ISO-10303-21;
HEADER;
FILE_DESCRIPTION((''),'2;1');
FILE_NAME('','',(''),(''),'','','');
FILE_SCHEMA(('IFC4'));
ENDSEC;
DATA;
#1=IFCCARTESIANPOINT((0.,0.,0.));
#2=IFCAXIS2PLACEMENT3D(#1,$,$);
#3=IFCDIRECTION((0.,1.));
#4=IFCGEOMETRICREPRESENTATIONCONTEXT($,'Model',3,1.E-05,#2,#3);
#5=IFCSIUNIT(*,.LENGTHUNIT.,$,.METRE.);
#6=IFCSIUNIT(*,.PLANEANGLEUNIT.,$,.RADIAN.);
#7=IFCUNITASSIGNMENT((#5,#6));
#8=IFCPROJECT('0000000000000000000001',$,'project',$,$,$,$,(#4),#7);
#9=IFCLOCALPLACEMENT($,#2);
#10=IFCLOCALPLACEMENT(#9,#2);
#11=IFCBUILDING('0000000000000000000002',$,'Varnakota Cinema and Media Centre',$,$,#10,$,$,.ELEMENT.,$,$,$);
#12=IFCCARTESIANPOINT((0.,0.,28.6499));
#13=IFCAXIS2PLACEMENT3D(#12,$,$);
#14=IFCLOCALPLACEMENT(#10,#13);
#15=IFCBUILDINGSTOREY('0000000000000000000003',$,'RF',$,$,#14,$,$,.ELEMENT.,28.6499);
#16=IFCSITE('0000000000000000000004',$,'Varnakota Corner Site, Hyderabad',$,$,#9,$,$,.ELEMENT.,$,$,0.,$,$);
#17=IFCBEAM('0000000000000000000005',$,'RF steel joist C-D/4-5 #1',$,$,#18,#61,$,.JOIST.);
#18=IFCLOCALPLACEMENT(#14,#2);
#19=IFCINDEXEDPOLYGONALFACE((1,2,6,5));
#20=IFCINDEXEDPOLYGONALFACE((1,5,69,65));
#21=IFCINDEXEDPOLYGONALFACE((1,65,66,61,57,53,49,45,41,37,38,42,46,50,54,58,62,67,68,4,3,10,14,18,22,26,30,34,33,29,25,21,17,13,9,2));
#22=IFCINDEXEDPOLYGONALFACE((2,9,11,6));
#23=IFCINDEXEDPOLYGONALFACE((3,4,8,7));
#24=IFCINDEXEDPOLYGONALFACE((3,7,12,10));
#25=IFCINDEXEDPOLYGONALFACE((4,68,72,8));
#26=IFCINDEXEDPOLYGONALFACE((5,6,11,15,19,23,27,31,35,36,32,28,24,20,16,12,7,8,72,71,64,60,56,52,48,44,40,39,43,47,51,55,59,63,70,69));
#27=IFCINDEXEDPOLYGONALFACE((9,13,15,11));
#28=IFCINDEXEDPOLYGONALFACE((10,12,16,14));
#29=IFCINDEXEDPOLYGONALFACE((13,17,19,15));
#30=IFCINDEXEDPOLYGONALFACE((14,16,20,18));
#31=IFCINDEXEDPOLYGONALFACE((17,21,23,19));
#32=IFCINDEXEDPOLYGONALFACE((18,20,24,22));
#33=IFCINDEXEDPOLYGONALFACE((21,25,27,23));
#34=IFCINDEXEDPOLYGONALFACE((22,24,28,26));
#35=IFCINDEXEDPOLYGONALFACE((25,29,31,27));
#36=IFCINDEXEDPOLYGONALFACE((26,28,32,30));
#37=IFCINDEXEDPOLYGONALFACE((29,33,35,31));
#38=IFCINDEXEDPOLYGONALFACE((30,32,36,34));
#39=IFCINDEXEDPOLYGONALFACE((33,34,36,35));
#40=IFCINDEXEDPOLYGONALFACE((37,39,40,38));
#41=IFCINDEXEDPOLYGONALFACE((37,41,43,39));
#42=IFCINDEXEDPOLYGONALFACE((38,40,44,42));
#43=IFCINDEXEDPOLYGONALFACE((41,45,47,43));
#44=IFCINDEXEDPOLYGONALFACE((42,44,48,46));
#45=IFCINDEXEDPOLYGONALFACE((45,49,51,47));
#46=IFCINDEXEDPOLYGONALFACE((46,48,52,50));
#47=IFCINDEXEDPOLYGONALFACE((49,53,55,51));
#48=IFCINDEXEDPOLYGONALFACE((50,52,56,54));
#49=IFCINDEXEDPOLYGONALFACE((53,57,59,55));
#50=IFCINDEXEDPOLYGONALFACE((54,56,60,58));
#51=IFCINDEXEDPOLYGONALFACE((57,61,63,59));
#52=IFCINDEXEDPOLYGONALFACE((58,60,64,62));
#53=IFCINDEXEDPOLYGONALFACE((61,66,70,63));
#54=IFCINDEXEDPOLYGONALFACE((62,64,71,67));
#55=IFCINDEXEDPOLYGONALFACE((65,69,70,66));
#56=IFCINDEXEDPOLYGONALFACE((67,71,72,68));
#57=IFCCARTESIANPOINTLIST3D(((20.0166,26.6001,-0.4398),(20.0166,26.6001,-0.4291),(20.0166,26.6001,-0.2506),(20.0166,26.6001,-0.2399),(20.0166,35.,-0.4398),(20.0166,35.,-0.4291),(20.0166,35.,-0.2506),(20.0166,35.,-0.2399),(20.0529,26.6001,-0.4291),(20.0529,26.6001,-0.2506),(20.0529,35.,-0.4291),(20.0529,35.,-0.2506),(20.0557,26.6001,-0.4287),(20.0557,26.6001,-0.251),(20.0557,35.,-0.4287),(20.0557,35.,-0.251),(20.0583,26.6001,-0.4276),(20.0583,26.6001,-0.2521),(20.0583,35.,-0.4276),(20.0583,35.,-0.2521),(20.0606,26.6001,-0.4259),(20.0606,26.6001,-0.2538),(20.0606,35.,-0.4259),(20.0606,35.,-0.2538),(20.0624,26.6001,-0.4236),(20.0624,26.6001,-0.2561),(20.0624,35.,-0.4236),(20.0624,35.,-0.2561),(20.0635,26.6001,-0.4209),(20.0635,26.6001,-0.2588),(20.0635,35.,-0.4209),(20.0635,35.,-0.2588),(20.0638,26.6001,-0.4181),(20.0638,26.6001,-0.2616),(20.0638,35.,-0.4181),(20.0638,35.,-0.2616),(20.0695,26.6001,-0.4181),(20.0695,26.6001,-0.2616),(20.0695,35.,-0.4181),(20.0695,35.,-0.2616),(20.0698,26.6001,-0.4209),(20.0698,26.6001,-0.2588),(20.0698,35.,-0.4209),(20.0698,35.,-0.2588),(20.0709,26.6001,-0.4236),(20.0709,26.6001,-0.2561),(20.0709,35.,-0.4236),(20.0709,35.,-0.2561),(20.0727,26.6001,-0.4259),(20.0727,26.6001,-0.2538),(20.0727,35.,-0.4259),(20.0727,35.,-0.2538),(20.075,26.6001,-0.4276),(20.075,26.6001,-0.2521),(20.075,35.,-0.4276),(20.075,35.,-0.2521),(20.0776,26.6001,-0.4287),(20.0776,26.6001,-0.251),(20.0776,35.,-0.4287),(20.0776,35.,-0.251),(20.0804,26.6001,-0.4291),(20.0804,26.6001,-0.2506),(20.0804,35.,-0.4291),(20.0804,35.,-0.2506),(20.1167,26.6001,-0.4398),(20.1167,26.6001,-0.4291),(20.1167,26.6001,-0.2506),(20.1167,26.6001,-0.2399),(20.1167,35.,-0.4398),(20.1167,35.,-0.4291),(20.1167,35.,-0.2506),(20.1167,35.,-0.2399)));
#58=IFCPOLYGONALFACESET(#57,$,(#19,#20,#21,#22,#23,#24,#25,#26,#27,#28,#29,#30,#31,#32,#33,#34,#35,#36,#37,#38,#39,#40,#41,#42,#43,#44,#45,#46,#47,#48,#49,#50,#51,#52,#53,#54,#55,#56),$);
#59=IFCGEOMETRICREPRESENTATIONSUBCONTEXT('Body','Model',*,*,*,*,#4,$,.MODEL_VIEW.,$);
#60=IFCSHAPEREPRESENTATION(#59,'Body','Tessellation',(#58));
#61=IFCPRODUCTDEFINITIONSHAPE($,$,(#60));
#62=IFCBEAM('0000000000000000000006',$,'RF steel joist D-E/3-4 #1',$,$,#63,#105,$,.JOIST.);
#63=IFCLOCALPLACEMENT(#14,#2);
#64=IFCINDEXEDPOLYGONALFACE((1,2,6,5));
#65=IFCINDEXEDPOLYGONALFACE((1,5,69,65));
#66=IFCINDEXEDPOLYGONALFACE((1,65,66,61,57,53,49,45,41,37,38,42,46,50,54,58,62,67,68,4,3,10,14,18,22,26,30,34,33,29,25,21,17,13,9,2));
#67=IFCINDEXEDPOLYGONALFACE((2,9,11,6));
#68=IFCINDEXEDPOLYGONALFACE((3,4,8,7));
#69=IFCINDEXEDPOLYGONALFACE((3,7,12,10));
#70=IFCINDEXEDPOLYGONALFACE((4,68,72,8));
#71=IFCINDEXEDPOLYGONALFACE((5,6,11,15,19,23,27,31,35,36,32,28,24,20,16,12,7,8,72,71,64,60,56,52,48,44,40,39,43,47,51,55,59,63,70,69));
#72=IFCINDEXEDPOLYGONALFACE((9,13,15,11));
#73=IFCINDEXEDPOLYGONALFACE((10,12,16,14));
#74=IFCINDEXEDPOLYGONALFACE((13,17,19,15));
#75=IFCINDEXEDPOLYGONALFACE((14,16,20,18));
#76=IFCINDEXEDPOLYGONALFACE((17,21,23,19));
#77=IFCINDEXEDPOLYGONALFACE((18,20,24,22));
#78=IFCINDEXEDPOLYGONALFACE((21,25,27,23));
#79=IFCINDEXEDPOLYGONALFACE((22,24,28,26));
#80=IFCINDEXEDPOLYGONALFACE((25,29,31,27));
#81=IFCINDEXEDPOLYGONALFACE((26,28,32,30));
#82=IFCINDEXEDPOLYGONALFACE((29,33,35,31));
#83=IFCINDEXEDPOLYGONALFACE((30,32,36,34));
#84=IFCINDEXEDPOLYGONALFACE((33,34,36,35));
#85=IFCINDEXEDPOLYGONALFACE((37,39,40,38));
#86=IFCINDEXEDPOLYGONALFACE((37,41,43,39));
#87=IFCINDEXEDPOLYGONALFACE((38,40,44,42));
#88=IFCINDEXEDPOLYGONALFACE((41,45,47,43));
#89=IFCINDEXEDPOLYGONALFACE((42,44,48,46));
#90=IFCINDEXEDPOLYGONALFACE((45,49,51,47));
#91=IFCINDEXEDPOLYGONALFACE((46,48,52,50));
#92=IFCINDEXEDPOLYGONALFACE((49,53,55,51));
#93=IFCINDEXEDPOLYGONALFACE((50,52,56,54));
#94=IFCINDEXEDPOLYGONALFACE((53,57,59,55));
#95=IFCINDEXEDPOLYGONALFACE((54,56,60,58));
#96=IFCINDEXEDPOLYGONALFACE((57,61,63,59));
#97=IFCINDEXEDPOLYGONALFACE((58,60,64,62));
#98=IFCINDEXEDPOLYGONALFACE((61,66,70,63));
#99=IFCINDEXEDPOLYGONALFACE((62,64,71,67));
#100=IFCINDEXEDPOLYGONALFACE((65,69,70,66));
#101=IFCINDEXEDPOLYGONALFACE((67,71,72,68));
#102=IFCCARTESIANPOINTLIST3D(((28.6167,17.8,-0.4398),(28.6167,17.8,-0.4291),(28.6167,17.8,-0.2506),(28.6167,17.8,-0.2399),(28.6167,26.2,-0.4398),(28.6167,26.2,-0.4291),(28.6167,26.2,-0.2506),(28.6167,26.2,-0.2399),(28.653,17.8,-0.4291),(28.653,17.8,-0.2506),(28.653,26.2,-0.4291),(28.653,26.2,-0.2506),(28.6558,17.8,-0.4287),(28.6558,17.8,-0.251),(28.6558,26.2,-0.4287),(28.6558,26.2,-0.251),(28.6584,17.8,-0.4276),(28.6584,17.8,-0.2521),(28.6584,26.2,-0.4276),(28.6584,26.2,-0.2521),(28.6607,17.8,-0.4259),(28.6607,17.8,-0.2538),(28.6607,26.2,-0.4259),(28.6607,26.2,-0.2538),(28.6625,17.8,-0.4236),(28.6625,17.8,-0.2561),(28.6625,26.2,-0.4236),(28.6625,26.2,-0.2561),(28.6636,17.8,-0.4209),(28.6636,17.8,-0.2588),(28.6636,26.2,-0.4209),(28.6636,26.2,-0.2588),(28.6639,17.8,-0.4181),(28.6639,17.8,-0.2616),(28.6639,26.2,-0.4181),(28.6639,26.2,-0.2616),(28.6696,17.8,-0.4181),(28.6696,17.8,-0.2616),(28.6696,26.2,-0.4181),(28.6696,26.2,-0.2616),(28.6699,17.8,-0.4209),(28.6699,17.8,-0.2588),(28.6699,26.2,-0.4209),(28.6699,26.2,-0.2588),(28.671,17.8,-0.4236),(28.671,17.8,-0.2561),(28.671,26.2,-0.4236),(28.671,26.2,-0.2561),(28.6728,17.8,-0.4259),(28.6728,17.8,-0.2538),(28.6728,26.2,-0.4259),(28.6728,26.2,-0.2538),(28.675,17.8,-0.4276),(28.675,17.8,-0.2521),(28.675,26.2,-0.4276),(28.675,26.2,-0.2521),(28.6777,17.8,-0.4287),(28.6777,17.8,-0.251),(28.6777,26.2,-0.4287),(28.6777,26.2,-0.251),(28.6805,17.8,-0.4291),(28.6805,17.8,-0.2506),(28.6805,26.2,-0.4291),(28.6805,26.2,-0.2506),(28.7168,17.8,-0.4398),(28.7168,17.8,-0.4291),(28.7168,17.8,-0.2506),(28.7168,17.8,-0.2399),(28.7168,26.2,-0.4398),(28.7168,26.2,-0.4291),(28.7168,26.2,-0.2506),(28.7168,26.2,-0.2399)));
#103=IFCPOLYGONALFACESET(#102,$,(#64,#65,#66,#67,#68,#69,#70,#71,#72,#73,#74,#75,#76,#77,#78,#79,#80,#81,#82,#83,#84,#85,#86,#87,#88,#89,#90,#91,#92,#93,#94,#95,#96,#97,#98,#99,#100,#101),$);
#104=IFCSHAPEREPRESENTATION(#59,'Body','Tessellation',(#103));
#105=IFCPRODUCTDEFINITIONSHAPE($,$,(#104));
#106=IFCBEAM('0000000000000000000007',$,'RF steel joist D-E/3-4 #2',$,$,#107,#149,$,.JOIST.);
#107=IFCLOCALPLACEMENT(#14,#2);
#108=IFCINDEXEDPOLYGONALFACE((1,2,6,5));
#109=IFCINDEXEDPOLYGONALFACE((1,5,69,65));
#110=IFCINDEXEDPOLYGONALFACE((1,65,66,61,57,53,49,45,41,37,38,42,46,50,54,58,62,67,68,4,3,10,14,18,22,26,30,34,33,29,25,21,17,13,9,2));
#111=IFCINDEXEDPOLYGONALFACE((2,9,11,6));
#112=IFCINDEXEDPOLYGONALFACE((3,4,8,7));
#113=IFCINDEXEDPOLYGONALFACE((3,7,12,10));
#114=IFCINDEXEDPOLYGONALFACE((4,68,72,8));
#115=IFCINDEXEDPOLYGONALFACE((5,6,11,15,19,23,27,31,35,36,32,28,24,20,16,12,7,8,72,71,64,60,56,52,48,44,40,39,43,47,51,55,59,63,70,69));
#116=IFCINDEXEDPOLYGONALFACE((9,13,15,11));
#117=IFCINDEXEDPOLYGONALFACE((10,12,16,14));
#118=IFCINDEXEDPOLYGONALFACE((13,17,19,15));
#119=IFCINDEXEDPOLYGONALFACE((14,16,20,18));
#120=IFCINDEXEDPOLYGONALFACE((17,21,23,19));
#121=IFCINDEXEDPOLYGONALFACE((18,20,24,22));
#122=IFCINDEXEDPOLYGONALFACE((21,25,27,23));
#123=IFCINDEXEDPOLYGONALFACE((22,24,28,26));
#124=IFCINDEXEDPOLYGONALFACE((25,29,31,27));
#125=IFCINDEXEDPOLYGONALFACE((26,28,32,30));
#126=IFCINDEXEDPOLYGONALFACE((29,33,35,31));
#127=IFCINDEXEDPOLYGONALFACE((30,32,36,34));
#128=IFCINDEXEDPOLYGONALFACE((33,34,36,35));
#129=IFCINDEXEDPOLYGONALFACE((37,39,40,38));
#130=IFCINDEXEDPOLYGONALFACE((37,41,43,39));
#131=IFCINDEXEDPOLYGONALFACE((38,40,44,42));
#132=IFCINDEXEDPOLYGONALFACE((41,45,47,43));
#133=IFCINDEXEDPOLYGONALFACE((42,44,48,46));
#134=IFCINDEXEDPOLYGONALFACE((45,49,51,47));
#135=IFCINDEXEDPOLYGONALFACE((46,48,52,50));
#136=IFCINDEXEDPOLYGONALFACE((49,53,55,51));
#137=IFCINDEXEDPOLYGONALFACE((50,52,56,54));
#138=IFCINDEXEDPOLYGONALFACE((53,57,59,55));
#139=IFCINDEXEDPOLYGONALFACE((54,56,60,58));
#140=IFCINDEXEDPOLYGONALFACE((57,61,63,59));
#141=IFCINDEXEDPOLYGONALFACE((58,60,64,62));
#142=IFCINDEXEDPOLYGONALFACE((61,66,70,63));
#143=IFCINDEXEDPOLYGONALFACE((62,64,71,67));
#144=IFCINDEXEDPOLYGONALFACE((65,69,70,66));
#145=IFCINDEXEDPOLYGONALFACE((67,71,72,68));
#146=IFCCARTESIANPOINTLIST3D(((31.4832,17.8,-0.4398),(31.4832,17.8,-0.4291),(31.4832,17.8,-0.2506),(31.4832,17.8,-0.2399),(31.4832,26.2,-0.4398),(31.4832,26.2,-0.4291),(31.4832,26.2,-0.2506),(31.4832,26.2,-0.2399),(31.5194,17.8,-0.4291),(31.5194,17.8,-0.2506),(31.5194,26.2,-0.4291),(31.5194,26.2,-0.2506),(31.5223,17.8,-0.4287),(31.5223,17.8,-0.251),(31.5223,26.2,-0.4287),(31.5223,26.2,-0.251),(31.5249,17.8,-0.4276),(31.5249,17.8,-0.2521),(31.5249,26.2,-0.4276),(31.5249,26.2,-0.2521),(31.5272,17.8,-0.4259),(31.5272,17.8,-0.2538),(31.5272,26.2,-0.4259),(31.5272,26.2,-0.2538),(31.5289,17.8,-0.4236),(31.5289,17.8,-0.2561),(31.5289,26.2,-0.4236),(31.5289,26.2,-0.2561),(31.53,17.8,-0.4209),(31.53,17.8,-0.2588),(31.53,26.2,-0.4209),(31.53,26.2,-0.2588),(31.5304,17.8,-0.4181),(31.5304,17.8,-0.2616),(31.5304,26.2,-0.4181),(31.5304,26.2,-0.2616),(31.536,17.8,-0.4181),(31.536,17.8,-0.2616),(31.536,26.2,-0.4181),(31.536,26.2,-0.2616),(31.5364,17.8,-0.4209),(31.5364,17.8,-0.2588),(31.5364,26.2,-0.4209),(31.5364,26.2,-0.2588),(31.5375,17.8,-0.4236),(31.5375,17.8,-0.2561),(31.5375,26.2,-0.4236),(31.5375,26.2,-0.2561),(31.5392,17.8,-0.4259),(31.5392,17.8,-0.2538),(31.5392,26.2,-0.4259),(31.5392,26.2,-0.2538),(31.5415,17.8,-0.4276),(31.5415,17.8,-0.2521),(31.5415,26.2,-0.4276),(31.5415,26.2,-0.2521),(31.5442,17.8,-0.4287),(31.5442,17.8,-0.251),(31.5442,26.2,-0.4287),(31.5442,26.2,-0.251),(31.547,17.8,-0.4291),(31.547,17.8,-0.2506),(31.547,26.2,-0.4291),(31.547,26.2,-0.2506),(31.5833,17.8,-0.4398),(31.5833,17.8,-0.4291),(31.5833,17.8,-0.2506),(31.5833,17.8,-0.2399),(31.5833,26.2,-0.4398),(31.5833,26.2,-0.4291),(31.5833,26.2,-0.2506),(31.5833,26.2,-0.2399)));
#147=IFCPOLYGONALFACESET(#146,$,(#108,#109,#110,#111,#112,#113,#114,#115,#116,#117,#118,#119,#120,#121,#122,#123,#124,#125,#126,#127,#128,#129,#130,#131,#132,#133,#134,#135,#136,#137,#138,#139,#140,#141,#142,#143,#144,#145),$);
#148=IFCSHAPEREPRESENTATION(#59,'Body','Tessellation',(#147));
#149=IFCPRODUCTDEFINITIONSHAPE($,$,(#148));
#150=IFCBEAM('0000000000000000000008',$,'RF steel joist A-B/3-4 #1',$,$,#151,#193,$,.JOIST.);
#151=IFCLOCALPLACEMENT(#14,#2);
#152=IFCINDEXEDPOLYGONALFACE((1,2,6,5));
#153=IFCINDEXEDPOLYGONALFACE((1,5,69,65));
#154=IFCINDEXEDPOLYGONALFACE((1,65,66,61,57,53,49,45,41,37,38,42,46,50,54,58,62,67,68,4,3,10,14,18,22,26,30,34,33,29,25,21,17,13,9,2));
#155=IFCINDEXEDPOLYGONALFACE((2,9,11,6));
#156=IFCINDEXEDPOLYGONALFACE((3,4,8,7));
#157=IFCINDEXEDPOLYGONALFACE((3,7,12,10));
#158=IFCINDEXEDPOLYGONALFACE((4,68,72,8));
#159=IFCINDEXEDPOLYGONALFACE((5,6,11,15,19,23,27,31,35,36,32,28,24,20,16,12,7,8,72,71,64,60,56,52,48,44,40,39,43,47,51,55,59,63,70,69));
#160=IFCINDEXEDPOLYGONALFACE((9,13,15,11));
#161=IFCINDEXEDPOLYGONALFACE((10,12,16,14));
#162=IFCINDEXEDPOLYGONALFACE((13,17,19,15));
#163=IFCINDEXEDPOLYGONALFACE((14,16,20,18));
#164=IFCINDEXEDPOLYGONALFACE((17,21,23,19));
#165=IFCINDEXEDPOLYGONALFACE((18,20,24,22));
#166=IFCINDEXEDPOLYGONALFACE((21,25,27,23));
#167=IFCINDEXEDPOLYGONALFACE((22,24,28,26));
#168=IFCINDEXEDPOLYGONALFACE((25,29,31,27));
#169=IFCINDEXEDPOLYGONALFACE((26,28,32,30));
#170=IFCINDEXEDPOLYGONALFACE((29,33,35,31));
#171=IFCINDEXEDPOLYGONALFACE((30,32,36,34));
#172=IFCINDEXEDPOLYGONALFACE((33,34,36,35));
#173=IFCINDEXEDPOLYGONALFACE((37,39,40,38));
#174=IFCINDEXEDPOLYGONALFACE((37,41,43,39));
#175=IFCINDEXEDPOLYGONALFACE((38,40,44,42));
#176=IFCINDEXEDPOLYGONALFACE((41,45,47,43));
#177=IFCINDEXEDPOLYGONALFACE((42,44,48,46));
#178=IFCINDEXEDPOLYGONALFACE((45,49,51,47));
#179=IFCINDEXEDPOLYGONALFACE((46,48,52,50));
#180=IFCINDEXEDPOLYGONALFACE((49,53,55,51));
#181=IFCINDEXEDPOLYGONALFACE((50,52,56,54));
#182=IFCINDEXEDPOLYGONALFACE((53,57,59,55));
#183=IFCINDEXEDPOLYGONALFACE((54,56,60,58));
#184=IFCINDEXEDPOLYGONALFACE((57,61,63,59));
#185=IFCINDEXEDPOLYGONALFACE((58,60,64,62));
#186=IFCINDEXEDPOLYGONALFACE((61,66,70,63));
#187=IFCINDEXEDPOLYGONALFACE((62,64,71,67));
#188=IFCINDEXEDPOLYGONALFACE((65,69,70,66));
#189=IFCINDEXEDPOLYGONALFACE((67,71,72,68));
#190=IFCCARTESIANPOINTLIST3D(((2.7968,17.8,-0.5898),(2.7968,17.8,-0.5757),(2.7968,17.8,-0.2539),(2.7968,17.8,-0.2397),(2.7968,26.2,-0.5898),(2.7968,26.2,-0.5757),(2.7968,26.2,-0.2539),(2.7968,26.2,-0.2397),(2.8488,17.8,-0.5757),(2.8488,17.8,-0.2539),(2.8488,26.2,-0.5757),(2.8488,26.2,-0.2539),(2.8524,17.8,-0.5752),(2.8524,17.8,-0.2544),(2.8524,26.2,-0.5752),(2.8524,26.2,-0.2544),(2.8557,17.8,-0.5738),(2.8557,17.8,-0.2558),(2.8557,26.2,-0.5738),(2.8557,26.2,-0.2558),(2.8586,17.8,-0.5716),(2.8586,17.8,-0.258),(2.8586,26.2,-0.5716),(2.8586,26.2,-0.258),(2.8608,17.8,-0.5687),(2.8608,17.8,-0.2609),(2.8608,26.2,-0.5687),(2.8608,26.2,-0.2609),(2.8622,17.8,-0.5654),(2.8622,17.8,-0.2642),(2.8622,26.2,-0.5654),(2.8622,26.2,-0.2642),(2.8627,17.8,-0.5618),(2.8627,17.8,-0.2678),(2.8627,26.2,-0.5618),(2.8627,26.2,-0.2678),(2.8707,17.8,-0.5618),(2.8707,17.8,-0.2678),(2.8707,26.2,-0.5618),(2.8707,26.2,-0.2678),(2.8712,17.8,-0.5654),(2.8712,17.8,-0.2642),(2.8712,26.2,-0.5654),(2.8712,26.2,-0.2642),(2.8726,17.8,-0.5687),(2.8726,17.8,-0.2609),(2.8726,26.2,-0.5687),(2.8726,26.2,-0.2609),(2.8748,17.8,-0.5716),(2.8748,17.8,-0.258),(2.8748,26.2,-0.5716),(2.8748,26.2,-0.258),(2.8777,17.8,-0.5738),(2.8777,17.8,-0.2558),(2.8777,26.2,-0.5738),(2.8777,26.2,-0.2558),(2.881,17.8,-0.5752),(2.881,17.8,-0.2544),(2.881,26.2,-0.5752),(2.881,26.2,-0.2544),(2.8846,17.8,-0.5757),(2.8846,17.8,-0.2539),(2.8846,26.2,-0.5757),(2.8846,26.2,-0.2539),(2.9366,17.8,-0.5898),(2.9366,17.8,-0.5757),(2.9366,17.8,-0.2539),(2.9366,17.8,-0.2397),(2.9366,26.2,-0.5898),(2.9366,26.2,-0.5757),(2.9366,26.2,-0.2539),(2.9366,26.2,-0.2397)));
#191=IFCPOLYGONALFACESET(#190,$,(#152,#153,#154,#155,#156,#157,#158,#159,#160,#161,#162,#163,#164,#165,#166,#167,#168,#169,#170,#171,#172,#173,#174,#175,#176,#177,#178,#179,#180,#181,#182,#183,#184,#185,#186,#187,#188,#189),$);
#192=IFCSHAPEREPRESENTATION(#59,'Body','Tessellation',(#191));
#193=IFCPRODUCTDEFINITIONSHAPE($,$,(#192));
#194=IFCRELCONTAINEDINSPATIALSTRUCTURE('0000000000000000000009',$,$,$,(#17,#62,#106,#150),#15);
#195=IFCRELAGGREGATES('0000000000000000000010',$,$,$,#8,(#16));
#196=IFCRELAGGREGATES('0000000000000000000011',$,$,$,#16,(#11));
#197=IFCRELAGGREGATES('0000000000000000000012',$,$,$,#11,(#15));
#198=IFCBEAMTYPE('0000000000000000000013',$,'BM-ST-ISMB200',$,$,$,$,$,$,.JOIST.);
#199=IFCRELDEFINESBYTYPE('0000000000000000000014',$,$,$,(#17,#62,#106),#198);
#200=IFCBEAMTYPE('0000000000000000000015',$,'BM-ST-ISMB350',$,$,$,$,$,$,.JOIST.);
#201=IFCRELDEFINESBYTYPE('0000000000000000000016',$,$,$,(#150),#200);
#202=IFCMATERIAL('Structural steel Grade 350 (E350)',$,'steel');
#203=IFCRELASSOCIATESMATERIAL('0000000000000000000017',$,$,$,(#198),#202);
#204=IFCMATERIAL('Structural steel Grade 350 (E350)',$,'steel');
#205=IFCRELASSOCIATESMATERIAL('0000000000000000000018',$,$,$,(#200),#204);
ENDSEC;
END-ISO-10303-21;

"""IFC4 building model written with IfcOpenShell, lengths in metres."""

from ifc_helpers import new_model, si_unit, direction, frame, origin, origin_2d, place, context, subcontext, project, spatial, i_section, extrude, material, material_profile, profile_set, type_object, element, save


model = new_model("IFC4")

# Units and contexts
model_context = context("Model", 3, precision=1e-05, world=origin(), true_north=direction((0.0, 1.0)))
body_context = subcontext(model_context, "Body", "Model", "MODEL_VIEW")
ifc_project = project(units=[si_unit("LENGTHUNIT", "METRE"), si_unit("PLANEANGLEUNIT", "RADIAN")], contexts=[model_context])

# Site, building, storey
site_placement = place(None, origin())
site = spatial("IfcSite", under=ifc_project, at=site_placement, Name="Varnakota Corner Site, Hyderabad", CompositionType="ELEMENT", RefElevation=0.0)
building_placement = place(site_placement, origin())
building = spatial("IfcBuilding", under=site, at=building_placement, Name="Varnakota Cinema and Media Centre", CompositionType="ELEMENT")
storey_placement = place(building_placement, frame((0.0, 0.0, 28.6499)))
storey = spatial("IfcBuildingStorey", under=building, at=storey_placement, Name="RF", CompositionType="ELEMENT", Elevation=28.6499)

# Beams
ifc_material_1 = material(Name="Structural steel Grade 350 (E350)", Category="steel")
ifc_material_profile_1 = material_profile(ifc_material_1, i_section(OverallWidth=0.1001, OverallDepth=0.2, WebThickness=0.0056, FlangeThickness=0.0107, FilletRadius=0.011, at=origin_2d()), Name="ISMB 200")
ifc_profile_set_1 = profile_set([ifc_material_profile_1], Name="Structural steel Grade 350 (E350)")
beam_type_1 = type_object("IfcBeamType", Name="BM-ST-ISMB200", PredefinedType="JOIST", material=ifc_profile_set_1)
for number, where, z_axis, x_axis, name in (
    (1, (20.0667, 26.6001, -0.3398), (0.0, 1.0, 0.0), (-1.0, 0.0, 0.0), "RF steel joist C-D/4-5 #1"),
    (2, (28.6667, 17.8, -0.3398), (0.0, 1.0, 0.0), (-1.0, 0.0, 0.0), "RF steel joist D-E/3-4 #1"),
    (3, (31.5332, 17.8, -0.3398), (0.0, 1.0, 0.0), (-1.0, 0.0, 0.0), "RF steel joist D-E/3-4 #2"),
):
    element("IfcBeam", number, at=place(storey_placement, frame(where, z_axis=z_axis, x_axis=x_axis)), inside=storey, type_object=beam_type_1, Name=name, PredefinedType="JOIST", context=body_context, shape_type="SweptSolid", body=[
        extrude(i_section(OverallWidth=0.1001, OverallDepth=0.2, WebThickness=0.0056, FlangeThickness=0.0107, FilletRadius=0.011, at=origin_2d()), origin(), (0.0, 0.0, 1.0), 8.3999),
    ])
ifc_material_2 = material(Name="Structural steel Grade 350 (E350)", Category="steel")
ifc_material_profile_2 = material_profile(ifc_material_2, i_section(OverallWidth=0.1399, OverallDepth=0.3501, WebThickness=0.0081, FlangeThickness=0.0142, FilletRadius=0.0139, at=origin_2d()), Name="ISMB 350")
ifc_profile_set_2 = profile_set([ifc_material_profile_2], Name="Structural steel Grade 350 (E350)")
beam_type_2 = type_object("IfcBeamType", Name="BM-ST-ISMB350", PredefinedType="JOIST", material=ifc_profile_set_2)
beam_1_placement = place(storey_placement, frame((2.8667, 17.8, -0.4148), z_axis=(0.0, 1.0, 0.0), x_axis=(-1.0, 0.0, 0.0)))
element("IfcBeam", 4, at=beam_1_placement, inside=storey, type_object=beam_type_2, Name="RF steel joist A-B/3-4 #1", PredefinedType="JOIST", context=body_context, shape_type="SweptSolid", body=[
    extrude(i_section(OverallWidth=0.1399, OverallDepth=0.3501, WebThickness=0.0081, FlangeThickness=0.0142, FilletRadius=0.0139, at=origin_2d()), origin(), (0.0, 0.0, 1.0), 8.3999),
])

save(model, "model.ifc")
